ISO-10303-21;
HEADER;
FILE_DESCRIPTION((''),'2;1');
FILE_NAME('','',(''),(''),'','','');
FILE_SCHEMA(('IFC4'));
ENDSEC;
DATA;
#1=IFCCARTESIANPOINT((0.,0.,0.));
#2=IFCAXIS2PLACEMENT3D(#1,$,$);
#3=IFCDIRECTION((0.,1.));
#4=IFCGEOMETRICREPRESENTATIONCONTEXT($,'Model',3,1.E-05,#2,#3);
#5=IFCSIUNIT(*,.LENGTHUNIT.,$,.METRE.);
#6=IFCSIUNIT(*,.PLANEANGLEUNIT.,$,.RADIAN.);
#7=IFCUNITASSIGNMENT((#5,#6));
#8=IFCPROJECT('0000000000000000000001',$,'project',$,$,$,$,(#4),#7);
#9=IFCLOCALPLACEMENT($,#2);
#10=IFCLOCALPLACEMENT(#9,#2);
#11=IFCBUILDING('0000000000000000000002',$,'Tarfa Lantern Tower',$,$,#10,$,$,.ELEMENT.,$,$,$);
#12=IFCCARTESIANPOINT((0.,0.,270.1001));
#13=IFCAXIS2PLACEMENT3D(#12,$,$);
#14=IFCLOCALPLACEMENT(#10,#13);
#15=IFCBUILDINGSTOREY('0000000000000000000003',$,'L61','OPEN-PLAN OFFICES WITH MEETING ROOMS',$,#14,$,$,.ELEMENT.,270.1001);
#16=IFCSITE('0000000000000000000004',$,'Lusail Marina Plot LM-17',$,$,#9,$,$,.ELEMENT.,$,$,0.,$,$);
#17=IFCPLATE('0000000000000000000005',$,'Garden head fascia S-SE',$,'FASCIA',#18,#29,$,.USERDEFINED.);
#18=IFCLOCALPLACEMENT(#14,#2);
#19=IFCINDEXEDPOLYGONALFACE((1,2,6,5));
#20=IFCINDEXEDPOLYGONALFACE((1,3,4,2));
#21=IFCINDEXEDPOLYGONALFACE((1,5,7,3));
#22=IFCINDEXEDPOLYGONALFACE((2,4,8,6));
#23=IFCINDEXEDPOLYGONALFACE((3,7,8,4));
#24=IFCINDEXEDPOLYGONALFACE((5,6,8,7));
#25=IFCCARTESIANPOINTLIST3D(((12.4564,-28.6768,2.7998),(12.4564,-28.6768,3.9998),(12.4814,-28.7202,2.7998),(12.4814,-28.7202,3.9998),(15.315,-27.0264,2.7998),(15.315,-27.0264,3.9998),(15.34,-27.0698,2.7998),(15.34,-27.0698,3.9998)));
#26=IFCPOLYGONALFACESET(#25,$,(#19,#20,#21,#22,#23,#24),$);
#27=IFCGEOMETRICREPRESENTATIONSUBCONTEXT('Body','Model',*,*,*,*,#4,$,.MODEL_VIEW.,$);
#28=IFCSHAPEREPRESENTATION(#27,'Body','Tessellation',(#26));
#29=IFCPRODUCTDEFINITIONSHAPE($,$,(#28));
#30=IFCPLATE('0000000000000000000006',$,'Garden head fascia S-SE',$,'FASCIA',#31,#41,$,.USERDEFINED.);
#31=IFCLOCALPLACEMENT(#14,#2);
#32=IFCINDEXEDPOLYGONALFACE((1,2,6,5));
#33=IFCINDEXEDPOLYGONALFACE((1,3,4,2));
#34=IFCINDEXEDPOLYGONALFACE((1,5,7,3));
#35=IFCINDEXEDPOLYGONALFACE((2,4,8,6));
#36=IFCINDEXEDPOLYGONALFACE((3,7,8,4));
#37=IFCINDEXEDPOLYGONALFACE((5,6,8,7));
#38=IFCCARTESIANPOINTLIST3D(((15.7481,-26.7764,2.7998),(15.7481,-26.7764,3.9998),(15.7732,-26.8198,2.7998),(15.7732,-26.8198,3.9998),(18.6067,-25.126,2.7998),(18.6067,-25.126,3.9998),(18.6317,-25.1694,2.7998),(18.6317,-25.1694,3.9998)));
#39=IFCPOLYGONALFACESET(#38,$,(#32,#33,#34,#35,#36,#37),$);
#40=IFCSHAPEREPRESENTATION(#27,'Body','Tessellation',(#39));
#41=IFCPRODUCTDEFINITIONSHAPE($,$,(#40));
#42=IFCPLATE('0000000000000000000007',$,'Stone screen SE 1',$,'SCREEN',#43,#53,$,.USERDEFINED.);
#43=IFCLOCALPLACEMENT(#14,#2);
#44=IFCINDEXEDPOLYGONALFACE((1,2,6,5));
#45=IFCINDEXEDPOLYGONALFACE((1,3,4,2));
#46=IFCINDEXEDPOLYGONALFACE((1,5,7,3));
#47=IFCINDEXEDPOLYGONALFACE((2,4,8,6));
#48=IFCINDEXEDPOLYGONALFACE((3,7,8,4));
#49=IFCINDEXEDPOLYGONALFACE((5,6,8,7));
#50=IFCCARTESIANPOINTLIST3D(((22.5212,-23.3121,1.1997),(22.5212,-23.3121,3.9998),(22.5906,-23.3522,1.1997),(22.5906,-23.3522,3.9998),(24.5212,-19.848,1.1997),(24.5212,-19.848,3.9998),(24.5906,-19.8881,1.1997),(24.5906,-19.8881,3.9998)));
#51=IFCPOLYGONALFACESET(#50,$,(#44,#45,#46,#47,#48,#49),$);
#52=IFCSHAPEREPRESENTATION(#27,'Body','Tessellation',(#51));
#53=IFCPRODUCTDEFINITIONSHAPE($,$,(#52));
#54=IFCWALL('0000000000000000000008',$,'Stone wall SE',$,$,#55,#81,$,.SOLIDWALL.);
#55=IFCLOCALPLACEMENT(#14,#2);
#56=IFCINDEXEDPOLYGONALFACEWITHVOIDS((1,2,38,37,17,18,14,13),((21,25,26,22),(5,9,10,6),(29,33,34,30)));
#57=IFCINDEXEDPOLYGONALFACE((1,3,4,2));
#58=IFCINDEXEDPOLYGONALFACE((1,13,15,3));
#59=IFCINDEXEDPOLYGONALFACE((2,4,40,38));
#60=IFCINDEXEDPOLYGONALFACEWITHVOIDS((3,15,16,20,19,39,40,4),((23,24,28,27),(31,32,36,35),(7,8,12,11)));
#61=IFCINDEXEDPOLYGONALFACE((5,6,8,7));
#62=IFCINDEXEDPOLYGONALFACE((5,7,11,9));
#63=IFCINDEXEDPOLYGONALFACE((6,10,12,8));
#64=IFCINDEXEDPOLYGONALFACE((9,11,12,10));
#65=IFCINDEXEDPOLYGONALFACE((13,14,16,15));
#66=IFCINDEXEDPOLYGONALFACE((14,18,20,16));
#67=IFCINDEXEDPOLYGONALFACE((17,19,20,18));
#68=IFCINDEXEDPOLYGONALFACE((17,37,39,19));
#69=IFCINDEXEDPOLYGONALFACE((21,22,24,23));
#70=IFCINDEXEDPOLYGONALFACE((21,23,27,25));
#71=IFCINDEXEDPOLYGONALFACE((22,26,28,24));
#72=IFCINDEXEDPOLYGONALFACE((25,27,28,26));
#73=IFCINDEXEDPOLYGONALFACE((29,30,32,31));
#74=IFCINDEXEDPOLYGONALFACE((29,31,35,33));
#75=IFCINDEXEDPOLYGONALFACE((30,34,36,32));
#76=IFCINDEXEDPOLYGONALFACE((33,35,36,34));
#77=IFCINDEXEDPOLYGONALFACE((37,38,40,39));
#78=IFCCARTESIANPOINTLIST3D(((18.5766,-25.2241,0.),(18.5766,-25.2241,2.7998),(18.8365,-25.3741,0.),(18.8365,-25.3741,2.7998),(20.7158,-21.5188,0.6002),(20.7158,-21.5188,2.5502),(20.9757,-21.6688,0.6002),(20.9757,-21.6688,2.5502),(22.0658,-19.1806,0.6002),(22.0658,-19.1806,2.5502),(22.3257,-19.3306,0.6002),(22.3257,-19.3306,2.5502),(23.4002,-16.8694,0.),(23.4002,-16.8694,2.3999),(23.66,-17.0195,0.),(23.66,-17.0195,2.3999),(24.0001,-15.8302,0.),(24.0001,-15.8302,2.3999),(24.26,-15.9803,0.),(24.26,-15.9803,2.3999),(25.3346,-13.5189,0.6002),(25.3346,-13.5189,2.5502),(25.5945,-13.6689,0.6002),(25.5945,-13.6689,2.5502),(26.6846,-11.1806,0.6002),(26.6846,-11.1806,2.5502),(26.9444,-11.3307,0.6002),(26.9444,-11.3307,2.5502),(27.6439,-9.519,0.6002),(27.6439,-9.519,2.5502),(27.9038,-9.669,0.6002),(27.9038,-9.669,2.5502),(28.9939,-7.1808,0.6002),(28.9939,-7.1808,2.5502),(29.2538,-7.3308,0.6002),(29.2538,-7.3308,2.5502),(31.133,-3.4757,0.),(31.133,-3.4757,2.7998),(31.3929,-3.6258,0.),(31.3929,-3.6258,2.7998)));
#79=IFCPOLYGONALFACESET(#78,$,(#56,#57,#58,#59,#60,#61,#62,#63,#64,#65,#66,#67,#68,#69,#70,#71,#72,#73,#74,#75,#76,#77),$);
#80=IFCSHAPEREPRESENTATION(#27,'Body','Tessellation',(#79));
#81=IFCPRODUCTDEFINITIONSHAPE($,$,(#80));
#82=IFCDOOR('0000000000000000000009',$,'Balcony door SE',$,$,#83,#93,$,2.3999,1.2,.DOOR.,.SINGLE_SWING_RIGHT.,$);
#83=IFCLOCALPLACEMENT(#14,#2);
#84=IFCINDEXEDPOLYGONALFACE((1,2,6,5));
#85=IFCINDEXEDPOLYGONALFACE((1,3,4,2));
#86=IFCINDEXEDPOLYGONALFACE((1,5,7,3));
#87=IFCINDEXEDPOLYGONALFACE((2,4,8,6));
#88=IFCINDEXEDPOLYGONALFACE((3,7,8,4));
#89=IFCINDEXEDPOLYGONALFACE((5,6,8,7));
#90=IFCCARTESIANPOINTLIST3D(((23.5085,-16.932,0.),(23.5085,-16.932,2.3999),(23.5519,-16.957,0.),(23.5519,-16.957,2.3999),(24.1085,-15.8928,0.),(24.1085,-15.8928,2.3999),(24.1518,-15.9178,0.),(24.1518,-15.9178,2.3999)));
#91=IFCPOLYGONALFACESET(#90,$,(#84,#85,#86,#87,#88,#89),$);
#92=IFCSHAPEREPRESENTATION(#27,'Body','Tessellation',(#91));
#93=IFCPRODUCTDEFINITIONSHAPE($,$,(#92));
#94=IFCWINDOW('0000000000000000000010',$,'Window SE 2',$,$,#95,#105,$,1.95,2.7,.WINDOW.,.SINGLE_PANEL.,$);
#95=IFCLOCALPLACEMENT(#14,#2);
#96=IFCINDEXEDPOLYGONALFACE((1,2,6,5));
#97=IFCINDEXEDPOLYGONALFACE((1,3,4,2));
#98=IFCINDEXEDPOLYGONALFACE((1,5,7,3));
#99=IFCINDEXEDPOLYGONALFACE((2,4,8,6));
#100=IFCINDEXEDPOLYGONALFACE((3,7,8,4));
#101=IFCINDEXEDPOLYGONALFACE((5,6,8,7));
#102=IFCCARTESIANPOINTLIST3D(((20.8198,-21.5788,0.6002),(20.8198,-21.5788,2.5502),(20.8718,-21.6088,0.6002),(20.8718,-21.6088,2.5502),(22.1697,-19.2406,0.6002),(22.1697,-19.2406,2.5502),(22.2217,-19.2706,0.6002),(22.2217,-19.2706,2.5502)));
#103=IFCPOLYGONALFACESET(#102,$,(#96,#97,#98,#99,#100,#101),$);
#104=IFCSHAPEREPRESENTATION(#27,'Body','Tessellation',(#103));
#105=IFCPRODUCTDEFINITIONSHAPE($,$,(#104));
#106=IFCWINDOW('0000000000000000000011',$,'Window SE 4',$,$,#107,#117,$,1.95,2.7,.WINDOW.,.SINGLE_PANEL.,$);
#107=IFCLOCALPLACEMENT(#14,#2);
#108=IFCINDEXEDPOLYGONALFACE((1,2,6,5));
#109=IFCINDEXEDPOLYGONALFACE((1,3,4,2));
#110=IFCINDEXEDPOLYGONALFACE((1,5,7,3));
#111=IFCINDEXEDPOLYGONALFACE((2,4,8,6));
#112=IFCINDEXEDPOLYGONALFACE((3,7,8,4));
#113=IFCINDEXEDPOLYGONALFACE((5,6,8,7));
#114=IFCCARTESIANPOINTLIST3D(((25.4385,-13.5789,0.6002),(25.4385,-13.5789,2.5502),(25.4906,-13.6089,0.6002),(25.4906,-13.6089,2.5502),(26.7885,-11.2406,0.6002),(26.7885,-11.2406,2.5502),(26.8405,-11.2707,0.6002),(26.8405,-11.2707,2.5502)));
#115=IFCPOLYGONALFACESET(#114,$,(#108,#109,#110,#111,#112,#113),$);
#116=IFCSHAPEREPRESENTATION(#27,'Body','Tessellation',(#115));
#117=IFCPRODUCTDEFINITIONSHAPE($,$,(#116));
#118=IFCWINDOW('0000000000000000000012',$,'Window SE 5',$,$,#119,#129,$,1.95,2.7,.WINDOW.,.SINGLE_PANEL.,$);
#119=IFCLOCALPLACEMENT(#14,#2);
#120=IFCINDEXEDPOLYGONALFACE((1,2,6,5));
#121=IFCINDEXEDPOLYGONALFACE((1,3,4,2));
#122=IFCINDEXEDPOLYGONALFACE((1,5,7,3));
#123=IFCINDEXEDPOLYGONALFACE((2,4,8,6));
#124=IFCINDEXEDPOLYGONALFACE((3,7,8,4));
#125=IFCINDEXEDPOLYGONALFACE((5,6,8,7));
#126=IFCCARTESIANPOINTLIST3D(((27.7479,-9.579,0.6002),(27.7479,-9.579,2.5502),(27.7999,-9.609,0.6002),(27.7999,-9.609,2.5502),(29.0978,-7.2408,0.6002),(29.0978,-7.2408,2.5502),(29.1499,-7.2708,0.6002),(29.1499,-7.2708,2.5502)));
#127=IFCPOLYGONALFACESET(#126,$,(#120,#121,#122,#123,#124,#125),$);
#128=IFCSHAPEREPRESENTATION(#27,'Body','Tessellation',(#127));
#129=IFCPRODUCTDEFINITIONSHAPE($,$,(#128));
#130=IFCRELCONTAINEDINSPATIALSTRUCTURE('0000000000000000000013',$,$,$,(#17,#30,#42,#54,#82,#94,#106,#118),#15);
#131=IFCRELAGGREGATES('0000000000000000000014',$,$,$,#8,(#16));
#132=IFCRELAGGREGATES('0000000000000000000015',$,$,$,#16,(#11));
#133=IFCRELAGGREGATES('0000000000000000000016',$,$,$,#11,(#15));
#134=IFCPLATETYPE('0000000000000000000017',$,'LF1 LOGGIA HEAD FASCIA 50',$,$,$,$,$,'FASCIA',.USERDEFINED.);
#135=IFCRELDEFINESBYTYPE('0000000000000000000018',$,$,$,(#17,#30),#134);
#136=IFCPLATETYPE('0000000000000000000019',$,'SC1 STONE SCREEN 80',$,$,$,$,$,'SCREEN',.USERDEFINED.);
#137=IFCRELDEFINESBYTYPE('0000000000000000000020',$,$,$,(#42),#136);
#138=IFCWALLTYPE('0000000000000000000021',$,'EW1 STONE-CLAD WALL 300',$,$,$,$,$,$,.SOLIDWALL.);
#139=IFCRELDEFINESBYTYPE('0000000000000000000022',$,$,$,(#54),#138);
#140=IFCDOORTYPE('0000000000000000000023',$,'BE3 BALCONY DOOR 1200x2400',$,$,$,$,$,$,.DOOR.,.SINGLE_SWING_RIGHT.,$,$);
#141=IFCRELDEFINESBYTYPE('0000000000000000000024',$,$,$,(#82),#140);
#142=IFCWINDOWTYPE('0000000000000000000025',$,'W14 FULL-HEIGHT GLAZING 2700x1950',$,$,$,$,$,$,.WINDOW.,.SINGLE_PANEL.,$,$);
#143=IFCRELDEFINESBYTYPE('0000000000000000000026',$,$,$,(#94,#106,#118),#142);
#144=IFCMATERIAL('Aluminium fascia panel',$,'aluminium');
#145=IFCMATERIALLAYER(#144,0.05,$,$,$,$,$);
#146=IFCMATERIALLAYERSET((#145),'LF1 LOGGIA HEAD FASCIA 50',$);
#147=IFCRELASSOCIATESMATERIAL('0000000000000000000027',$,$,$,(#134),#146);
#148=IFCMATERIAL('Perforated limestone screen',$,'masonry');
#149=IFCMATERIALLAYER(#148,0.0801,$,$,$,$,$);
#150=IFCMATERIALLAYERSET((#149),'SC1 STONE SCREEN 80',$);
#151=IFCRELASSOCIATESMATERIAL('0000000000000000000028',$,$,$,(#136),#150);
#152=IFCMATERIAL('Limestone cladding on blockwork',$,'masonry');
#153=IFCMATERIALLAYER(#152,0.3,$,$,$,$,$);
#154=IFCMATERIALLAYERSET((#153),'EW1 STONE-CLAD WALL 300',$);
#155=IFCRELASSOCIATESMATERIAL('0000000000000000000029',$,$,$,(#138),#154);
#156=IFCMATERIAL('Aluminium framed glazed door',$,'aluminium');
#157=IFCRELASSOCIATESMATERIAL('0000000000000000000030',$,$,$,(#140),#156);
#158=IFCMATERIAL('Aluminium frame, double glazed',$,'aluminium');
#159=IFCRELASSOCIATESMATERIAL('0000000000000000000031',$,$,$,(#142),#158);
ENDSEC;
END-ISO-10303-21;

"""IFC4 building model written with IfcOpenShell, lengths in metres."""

from ifc_helpers import new_model, si_unit, direction, frame, frame_2d, origin, origin_2d, place, context, subcontext, project, spatial, rectangle, extrude, material, layer, layer_set, type_object, element, fill, save


model = new_model("IFC4")

# Units and contexts
model_context = context("Model", 3, precision=1e-05, world=origin(), true_north=direction((0.0, 1.0)))
body_context = subcontext(model_context, "Body", "Model", "MODEL_VIEW")
ifc_project = project(units=[si_unit("LENGTHUNIT", "METRE"), si_unit("PLANEANGLEUNIT", "RADIAN")], contexts=[model_context])

# Site, building, storey
site_placement = place(None, origin())
site = spatial("IfcSite", under=ifc_project, at=site_placement, Name="Lusail Marina Plot LM-17", CompositionType="ELEMENT", RefElevation=0.0)
building_placement = place(site_placement, origin())
building = spatial("IfcBuilding", under=site, at=building_placement, Name="Tarfa Lantern Tower", CompositionType="ELEMENT")
storey_placement = place(building_placement, frame((0.0, 0.0, 270.1001)))
storey = spatial("IfcBuildingStorey", under=building, at=storey_placement, Name="L61", Description="OPEN-PLAN OFFICES WITH MEETING ROOMS", CompositionType="ELEMENT", Elevation=270.1001)

# Plates
ifc_material_1 = material(Name="Aluminium fascia panel", Category="aluminium")
ifc_layer_1 = layer(ifc_material_1, 0.05)
ifc_layer_set_1 = layer_set([ifc_layer_1], Name="LF1 LOGGIA HEAD FASCIA 50")
plate_type_1 = type_object("IfcPlateType", Name="LF1 LOGGIA HEAD FASCIA 50", ElementType="FASCIA", PredefinedType="USERDEFINED", material=ifc_layer_set_1)
for number, where, z_axis, x_axis, name in (
    (1, (13.8982, -27.8733, 2.7998), (0.0, 0.0, 1.0), (0.866025, 0.5, 0.0), "Garden head fascia S-SE"),
    (2, (17.1899, -25.9729, 2.7998), (0.0, 0.0, 1.0), (0.866025, 0.5, 0.0), "Garden head fascia S-SE"),
):
    element("IfcPlate", number, at=place(storey_placement, frame(where, z_axis=z_axis, x_axis=x_axis)), inside=storey, type_object=plate_type_1, Name=name, ObjectType="FASCIA", PredefinedType="USERDEFINED", context=body_context, shape_type="SweptSolid", body=[
        extrude(rectangle(XDim=3.3008, YDim=0.05, at=origin_2d()), origin(), (0.0, 0.0, 1.0), 1.2),
    ])
ifc_material_2 = material(Name="Perforated limestone screen", Category="masonry")
ifc_layer_2 = layer(ifc_material_2, 0.0801)
ifc_layer_set_2 = layer_set([ifc_layer_2], Name="SC1 STONE SCREEN 80")
plate_type_2 = type_object("IfcPlateType", Name="SC1 STONE SCREEN 80", ElementType="SCREEN", PredefinedType="USERDEFINED", material=ifc_layer_set_2)
plate_placement = place(storey_placement, frame((23.5559, -21.6001, 1.1997), z_axis=(0.0, 0.0, 1.0), x_axis=(0.5, 0.866025, 0.0)))
element("IfcPlate", 3, at=plate_placement, inside=storey, type_object=plate_type_2, Name="Stone screen SE 1", ObjectType="SCREEN", PredefinedType="USERDEFINED", context=body_context, shape_type="SweptSolid", body=[
    extrude(rectangle(XDim=4.0, YDim=0.0801, at=origin_2d()), origin(), (0.0, 0.0, 1.0), 2.8),
])

# Wall, openings, door, windows
ifc_material_3 = material(Name="Limestone cladding on blockwork", Category="masonry")
ifc_layer_3 = layer(ifc_material_3, 0.3)
ifc_layer_set_3 = layer_set([ifc_layer_3], Name="EW1 STONE-CLAD WALL 300")
wall_type_1 = type_object("IfcWallType", Name="EW1 STONE-CLAD WALL 300", PredefinedType="SOLIDWALL", material=ifc_layer_set_3)
wall_1_placement = place(storey_placement, frame((18.7065, -25.2991, 0.0), z_axis=(0.0, 0.0, 1.0), x_axis=(0.5, 0.866025, 0.0)))
wall_1 = element("IfcWall", 4, at=wall_1_placement, inside=storey, type_object=wall_type_1, Name="Stone wall SE", PredefinedType="SOLIDWALL", context=body_context, shape_type="SweptSolid", body=[
    extrude(rectangle(XDim=25.1128, YDim=0.3, at=frame_2d((12.5564, 0.0))), origin(), (0.0, 0.0, 1.0), 2.7998),
])
opening_1_placement = place(wall_1_placement, frame((4.2783, 0.0, 0.6001)))
opening_1 = element("IfcOpeningElement", 5, at=opening_1_placement, cuts=wall_1, PredefinedType="OPENING", context=body_context, shape_type="SweptSolid", body=[
    extrude(rectangle(XDim=2.7, YDim=1.95, at=frame_2d((1.3501, 0.9751))), frame((0.0, 0.1599, 0.0), z_axis=(0.0, -1.0, 0.0), x_axis=(1.0, 0.0, 0.0)), (0.0, 0.0, 1.0), 0.3201),
])
opening_2_placement = place(wall_1_placement, frame((9.647, 0.0, 0.0)))
opening_2 = element("IfcOpeningElement", 6, at=opening_2_placement, cuts=wall_1, PredefinedType="OPENING", context=body_context, shape_type="SweptSolid", body=[
    extrude(rectangle(XDim=1.2, YDim=2.3999, at=frame_2d((0.6001, 1.2))), frame((0.0, 0.1599, 0.0), z_axis=(0.0, -1.0, 0.0), x_axis=(1.0, 0.0, 0.0)), (0.0, 0.0, 1.0), 0.3201),
])
opening_3_placement = place(wall_1_placement, frame((13.5159, 0.0, 0.6001)))
opening_3 = element("IfcOpeningElement", 7, at=opening_3_placement, cuts=wall_1, PredefinedType="OPENING", context=body_context, shape_type="SweptSolid", body=[
    extrude(rectangle(XDim=2.7, YDim=1.95, at=frame_2d((1.3501, 0.9751))), frame((0.0, 0.1599, 0.0), z_axis=(0.0, -1.0, 0.0), x_axis=(1.0, 0.0, 0.0)), (0.0, 0.0, 1.0), 0.3201),
])
opening_4_placement = place(wall_1_placement, frame((18.1345, 0.0, 0.6001)))
opening_4 = element("IfcOpeningElement", 8, at=opening_4_placement, cuts=wall_1, PredefinedType="OPENING", context=body_context, shape_type="SweptSolid", body=[
    extrude(rectangle(XDim=2.7, YDim=1.95, at=frame_2d((1.3501, 0.9751))), frame((0.0, 0.1599, 0.0), z_axis=(0.0, -1.0, 0.0), x_axis=(1.0, 0.0, 0.0)), (0.0, 0.0, 1.0), 0.3201),
])
ifc_material_4 = material(Name="Aluminium framed glazed door", Category="aluminium")
door_type_1 = type_object("IfcDoorType", Name="BE3 BALCONY DOOR 1200x2400", OperationType="SINGLE_SWING_RIGHT", PredefinedType="DOOR", material=ifc_material_4)
door_1_placement = place(opening_2_placement, origin())
door_1 = element("IfcDoor", 9, at=door_1_placement, inside=storey, type_object=door_type_1, Name="Balcony door SE", OperationType="SINGLE_SWING_RIGHT", OverallHeight=2.3999, OverallWidth=1.2, PredefinedType="DOOR", context=body_context, shape_type="SweptSolid", body=[
    extrude(rectangle(XDim=1.2, YDim=2.3999, at=frame_2d((0.6001, 1.2))), frame((0.0, 0.0249, 0.0), z_axis=(0.0, -1.0, 0.0), x_axis=(1.0, 0.0, 0.0)), (0.0, 0.0, 1.0), 0.05),
])
fill(opening_2, door_1)
ifc_material_5 = material(Name="Aluminium frame, double glazed", Category="aluminium")
window_type = type_object("IfcWindowType", Name="W14 FULL-HEIGHT GLAZING 2700x1950", PartitioningType="SINGLE_PANEL", PredefinedType="WINDOW", material=ifc_material_5)
window_1_placement = place(opening_1_placement, origin())
window_1 = element("IfcWindow", 10, at=window_1_placement, inside=storey, type_object=window_type, Name="Window SE 2", OverallHeight=1.95, OverallWidth=2.7, PartitioningType="SINGLE_PANEL", PredefinedType="WINDOW", context=body_context, shape_type="SweptSolid", body=[
    extrude(rectangle(XDim=2.7, YDim=1.95, at=frame_2d((1.3501, 0.9751))), frame((0.0, 0.03, 0.0), z_axis=(0.0, -1.0, 0.0), x_axis=(1.0, 0.0, 0.0)), (0.0, 0.0, 1.0), 0.0601),
])
fill(opening_1, window_1)
window_2_placement = place(opening_3_placement, origin())
window_2 = element("IfcWindow", 11, at=window_2_placement, inside=storey, type_object=window_type, Name="Window SE 4", OverallHeight=1.95, OverallWidth=2.7, PartitioningType="SINGLE_PANEL", PredefinedType="WINDOW", context=body_context, shape_type="SweptSolid", body=[
    extrude(rectangle(XDim=2.7, YDim=1.95, at=frame_2d((1.3501, 0.9751))), frame((0.0, 0.03, 0.0), z_axis=(0.0, -1.0, 0.0), x_axis=(1.0, 0.0, 0.0)), (0.0, 0.0, 1.0), 0.0601),
])
fill(opening_3, window_2)
window_3_placement = place(opening_4_placement, origin())
window_3 = element("IfcWindow", 12, at=window_3_placement, inside=storey, type_object=window_type, Name="Window SE 5", OverallHeight=1.95, OverallWidth=2.7, PartitioningType="SINGLE_PANEL", PredefinedType="WINDOW", context=body_context, shape_type="SweptSolid", body=[
    extrude(rectangle(XDim=2.7, YDim=1.95, at=frame_2d((1.3501, 0.9751))), frame((0.0, 0.03, 0.0), z_axis=(0.0, -1.0, 0.0), x_axis=(1.0, 0.0, 0.0)), (0.0, 0.0, 1.0), 0.0601),
])
fill(opening_4, window_3)

save(model, "model.ifc")
